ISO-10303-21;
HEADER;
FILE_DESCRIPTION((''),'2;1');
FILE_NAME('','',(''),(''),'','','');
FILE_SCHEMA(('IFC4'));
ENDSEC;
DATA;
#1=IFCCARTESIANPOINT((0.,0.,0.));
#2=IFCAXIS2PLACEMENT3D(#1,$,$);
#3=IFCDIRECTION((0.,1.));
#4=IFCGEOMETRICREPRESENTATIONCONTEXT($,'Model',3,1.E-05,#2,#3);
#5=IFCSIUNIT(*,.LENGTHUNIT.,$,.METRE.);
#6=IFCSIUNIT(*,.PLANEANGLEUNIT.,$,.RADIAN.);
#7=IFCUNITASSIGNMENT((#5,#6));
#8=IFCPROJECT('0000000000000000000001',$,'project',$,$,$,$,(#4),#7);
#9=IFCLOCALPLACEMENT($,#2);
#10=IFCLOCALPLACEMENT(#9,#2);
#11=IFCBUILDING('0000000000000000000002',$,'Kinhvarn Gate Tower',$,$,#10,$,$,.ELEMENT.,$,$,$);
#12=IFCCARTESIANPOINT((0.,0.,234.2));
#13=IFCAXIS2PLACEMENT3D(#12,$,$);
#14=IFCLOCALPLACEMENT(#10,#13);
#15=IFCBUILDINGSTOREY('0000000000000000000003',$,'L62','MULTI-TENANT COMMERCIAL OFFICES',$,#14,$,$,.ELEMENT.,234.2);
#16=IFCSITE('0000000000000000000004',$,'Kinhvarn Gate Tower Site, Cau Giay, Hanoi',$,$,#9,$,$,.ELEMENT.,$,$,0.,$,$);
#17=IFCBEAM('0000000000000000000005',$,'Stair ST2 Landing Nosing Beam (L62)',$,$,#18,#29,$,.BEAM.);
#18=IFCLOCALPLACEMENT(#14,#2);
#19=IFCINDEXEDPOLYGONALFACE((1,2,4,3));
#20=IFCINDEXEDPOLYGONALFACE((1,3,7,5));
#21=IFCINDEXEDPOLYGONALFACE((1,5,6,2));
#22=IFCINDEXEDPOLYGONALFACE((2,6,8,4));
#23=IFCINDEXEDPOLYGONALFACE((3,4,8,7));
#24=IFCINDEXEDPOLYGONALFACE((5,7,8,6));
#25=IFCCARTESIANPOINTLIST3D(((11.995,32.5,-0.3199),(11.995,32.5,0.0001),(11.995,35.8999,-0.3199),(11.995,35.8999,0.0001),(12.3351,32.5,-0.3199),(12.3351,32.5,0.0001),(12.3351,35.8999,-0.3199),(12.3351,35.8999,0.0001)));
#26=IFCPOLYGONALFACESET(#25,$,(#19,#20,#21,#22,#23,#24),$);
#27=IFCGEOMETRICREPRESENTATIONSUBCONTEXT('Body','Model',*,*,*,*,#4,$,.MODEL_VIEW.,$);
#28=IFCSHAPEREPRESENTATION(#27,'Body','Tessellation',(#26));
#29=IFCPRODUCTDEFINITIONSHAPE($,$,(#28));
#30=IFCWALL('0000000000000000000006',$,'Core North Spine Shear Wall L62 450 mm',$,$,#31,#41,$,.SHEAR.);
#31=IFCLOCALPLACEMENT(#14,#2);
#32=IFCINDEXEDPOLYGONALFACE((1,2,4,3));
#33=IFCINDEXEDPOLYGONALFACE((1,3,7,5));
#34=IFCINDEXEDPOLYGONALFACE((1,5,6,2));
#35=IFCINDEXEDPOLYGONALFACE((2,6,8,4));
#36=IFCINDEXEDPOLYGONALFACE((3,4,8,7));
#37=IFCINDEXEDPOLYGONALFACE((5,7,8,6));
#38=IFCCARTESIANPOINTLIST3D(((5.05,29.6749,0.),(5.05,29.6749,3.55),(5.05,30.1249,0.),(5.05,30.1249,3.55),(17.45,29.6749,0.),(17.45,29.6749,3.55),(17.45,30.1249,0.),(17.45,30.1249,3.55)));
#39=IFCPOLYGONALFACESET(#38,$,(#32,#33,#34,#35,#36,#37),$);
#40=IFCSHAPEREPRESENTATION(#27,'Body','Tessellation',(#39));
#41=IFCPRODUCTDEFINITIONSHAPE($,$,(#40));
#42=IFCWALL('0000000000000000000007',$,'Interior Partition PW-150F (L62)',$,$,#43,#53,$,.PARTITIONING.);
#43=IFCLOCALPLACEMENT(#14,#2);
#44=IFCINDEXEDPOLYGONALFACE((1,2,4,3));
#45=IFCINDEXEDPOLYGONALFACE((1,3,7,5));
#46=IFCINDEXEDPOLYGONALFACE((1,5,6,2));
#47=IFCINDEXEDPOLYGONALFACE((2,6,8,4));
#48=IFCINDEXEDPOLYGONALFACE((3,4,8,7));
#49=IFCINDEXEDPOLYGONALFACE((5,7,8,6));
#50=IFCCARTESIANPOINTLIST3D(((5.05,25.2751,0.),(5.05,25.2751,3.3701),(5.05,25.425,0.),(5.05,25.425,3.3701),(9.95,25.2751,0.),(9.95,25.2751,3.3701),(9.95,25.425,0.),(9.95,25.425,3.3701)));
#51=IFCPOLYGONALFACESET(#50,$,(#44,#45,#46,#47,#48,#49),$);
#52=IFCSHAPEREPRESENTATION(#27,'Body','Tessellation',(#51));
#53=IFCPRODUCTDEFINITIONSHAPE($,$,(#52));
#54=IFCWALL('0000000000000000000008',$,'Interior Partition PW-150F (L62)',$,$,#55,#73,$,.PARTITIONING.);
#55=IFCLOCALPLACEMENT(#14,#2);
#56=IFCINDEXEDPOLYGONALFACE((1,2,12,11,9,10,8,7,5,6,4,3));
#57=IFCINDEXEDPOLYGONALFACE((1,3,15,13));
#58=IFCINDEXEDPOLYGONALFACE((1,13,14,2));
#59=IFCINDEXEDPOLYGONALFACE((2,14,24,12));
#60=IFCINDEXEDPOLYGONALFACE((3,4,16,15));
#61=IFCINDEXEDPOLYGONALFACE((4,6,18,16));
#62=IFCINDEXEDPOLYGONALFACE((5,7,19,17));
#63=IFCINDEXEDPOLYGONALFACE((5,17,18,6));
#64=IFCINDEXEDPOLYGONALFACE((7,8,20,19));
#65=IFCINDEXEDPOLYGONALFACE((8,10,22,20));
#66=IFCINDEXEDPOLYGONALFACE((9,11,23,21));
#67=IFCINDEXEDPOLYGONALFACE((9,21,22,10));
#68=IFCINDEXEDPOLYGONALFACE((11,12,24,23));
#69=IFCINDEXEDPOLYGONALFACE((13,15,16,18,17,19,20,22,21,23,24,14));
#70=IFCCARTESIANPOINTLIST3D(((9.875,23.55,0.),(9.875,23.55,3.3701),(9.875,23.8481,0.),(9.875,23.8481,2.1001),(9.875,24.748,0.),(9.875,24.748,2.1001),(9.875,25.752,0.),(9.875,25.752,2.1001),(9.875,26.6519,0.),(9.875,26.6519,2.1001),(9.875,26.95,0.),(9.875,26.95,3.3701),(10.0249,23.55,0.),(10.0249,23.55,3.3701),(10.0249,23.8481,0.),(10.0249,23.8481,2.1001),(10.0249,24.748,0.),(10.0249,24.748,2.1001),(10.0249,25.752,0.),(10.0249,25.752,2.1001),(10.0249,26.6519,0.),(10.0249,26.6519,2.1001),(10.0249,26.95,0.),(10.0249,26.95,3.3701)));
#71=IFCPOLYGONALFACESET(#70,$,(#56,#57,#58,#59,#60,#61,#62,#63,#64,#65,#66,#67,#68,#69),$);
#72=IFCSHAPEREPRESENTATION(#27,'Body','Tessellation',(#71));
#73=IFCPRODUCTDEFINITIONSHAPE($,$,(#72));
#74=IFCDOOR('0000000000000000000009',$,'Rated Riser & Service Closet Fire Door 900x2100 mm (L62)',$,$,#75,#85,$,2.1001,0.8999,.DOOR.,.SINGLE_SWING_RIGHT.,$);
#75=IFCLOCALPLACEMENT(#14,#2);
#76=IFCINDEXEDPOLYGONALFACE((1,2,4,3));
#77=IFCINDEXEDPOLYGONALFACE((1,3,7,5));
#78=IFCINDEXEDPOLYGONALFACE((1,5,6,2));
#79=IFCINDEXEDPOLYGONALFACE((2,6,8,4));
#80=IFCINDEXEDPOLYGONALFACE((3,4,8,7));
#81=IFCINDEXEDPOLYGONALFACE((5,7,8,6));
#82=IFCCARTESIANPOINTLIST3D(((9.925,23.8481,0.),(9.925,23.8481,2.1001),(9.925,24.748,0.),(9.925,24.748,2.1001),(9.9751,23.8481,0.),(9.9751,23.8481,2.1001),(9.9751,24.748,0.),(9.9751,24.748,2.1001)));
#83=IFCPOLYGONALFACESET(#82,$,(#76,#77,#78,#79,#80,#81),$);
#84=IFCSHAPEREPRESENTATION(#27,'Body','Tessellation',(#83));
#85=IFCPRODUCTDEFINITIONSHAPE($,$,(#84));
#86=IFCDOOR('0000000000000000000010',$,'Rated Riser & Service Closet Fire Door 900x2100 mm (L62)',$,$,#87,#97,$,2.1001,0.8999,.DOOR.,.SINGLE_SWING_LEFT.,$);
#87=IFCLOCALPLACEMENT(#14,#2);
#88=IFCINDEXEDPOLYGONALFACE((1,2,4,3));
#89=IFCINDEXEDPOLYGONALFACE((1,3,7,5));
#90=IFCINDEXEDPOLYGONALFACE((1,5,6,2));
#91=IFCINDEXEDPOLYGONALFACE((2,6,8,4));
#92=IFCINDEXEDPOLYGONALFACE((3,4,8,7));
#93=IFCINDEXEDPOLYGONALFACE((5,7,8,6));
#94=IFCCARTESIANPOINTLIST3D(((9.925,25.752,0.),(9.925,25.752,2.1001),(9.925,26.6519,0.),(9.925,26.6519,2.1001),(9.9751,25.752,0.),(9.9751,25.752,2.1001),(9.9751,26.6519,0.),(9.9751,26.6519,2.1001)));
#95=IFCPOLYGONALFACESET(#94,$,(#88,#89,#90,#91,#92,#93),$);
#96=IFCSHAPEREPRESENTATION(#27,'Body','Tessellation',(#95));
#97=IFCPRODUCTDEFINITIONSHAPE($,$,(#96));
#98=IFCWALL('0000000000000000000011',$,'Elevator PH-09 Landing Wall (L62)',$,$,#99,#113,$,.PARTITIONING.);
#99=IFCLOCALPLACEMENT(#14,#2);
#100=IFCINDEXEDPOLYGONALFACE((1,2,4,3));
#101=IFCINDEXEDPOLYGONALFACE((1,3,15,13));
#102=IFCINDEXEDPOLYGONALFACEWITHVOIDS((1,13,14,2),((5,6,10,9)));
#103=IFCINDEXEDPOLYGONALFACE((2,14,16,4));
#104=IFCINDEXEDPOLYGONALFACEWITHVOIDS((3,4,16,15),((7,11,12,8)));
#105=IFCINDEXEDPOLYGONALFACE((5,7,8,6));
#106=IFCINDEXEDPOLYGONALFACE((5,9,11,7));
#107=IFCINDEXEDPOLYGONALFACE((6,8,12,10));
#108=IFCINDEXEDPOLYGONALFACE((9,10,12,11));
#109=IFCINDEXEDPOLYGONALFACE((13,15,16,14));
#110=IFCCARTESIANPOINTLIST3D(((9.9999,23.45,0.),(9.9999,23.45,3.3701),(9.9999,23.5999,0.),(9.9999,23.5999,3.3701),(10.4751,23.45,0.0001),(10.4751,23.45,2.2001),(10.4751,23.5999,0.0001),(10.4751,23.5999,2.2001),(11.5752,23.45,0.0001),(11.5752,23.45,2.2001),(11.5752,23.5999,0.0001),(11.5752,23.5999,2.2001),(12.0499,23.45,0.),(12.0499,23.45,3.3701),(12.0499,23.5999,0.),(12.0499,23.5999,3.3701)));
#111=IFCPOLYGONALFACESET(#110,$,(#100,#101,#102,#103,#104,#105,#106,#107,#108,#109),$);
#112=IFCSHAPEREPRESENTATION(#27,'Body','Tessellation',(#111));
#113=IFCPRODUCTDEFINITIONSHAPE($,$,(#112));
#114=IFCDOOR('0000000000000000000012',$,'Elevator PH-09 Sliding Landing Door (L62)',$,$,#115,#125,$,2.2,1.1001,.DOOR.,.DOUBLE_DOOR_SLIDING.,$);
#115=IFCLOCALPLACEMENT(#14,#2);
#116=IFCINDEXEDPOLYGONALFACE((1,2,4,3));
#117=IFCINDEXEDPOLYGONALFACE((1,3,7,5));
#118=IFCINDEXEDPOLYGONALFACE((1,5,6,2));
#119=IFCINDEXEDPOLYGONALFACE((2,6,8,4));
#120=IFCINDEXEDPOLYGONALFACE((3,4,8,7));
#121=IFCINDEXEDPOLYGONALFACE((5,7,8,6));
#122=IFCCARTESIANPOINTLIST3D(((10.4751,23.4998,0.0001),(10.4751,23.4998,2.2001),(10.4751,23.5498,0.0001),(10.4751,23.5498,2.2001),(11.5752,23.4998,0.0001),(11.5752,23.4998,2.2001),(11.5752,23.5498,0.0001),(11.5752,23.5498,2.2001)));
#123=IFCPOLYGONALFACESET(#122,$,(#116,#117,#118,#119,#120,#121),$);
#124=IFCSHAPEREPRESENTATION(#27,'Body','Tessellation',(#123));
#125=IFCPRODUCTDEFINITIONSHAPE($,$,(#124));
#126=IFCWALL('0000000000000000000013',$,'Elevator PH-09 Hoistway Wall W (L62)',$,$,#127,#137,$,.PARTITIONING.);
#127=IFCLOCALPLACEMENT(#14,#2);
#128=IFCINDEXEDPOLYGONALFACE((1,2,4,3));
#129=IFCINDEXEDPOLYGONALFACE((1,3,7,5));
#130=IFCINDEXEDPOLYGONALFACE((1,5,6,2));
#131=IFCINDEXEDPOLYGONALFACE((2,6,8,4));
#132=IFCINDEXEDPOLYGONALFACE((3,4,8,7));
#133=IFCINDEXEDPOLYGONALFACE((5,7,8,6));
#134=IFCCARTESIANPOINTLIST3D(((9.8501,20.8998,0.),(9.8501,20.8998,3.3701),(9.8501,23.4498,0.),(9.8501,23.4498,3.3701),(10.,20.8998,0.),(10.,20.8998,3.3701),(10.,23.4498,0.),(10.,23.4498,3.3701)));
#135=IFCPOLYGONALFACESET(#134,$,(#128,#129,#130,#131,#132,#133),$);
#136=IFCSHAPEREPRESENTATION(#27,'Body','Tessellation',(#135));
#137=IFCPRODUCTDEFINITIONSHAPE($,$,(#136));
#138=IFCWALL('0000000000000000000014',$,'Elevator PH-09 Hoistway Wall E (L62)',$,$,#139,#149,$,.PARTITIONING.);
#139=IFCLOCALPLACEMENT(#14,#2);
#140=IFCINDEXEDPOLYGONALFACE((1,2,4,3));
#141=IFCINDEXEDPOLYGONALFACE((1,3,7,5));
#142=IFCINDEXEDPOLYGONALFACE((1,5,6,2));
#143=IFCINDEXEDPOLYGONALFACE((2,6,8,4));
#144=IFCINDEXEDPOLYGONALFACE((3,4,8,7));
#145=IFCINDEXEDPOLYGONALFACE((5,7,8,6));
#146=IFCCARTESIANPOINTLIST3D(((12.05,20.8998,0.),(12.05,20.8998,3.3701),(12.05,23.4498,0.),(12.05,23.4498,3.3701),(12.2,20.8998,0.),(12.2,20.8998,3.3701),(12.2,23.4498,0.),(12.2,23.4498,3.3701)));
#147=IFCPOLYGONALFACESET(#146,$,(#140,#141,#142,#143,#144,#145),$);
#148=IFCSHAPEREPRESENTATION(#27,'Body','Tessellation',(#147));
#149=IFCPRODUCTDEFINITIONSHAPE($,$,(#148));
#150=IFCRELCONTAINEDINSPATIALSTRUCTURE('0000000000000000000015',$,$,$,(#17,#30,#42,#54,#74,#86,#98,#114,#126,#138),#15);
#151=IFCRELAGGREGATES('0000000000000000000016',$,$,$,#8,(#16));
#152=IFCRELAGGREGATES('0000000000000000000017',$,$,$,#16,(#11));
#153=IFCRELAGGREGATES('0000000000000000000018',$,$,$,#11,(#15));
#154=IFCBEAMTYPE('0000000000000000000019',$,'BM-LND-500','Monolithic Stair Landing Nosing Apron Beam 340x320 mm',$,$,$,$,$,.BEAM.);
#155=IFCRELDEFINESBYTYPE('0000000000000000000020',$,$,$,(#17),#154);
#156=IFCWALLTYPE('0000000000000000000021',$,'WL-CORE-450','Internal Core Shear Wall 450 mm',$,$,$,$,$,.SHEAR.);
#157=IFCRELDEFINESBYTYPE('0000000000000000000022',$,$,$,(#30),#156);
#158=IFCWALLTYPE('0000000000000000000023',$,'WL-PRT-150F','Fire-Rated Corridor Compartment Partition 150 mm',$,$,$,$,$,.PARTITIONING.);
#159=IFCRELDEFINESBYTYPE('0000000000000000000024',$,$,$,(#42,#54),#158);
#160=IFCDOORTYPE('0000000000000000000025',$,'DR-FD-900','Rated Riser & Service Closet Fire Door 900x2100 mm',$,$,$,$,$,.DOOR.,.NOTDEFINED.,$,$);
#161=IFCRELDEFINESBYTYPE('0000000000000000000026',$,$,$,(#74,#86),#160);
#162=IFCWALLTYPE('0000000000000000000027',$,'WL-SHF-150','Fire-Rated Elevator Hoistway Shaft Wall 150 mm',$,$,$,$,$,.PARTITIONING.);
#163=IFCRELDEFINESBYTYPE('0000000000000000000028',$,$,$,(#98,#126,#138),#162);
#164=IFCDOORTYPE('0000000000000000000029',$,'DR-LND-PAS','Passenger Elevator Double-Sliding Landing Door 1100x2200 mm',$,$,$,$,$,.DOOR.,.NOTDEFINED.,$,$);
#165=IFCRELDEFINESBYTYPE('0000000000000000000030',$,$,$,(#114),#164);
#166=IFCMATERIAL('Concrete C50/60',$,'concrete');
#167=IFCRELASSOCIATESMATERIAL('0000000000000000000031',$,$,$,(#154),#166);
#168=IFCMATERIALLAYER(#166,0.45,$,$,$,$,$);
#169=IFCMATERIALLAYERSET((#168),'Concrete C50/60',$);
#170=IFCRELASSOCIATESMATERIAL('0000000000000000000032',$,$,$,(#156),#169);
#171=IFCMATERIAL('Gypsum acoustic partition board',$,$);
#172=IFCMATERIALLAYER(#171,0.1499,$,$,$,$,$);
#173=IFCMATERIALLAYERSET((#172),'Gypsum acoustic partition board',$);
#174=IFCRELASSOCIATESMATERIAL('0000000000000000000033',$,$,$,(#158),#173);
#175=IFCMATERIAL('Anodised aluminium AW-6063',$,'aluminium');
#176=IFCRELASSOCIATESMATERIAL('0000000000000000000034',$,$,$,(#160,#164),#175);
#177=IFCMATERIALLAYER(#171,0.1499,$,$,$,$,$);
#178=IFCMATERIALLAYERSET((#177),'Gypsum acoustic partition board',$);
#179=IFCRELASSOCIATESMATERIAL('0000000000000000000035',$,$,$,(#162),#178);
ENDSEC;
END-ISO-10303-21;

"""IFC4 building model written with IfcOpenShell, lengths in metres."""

from ifc_helpers import new_model, si_unit, direction, frame, frame_2d, origin, origin_2d, place, context, subcontext, project, spatial, rectangle, extrude, material, layer, layer_set, material_profile, profile_set, type_object, element, fill, save


model = new_model("IFC4")

# Units and contexts
model_context = context("Model", 3, precision=1e-05, world=origin(), true_north=direction((0.0, 1.0)))
body_context = subcontext(model_context, "Body", "Model", "MODEL_VIEW")
ifc_project = project(units=[si_unit("LENGTHUNIT", "METRE"), si_unit("PLANEANGLEUNIT", "RADIAN")], contexts=[model_context])

# Site, building, storey
site_placement = place(None, origin())
site = spatial("IfcSite", under=ifc_project, at=site_placement, Name="Kinhvarn Gate Tower Site, Cau Giay, Hanoi", CompositionType="ELEMENT", RefElevation=0.0)
building_placement = place(site_placement, origin())
building = spatial("IfcBuilding", under=site, at=building_placement, Name="Kinhvarn Gate Tower", CompositionType="ELEMENT")
storey_placement = place(building_placement, frame((0.0, 0.0, 234.2)))
storey = spatial("IfcBuildingStorey", under=building, at=storey_placement, Name="L62", Description="MULTI-TENANT COMMERCIAL OFFICES", CompositionType="ELEMENT", Elevation=234.2)

# Beam
ifc_material_1 = material(Name="Concrete C50/60", Category="concrete")
ifc_material_profile = material_profile(ifc_material_1, rectangle(XDim=0.3401, YDim=0.3201, at=origin_2d()), Name="RC 340x320")
ifc_profile_set = profile_set([ifc_material_profile], Name="Concrete C50/60")
beam_type = type_object("IfcBeamType", Name="BM-LND-500", Description="Monolithic Stair Landing Nosing Apron Beam 340x320 mm", PredefinedType="BEAM", material=ifc_profile_set)
beam_placement = place(storey_placement, frame((12.165, 32.5, -0.1599), z_axis=(0.0, 1.0, 0.0), x_axis=(-1.0, 0.0, 0.0)))
element("IfcBeam", 1, at=beam_placement, inside=storey, type_object=beam_type, Name="Stair ST2 Landing Nosing Beam (L62)", PredefinedType="BEAM", context=body_context, shape_type="SweptSolid", body=[
    extrude(rectangle(XDim=0.3401, YDim=0.3201, at=origin_2d()), origin(), (0.0, 0.0, 1.0), 3.3999),
])

# Walls
ifc_layer_1 = layer(ifc_material_1, 0.45)
ifc_layer_set_1 = layer_set([ifc_layer_1], Name="Concrete C50/60")
wall_type_1 = type_object("IfcWallType", Name="WL-CORE-450", Description="Internal Core Shear Wall 450 mm", PredefinedType="SHEAR", material=ifc_layer_set_1)
wall_1_placement = place(storey_placement, frame((5.05, 29.8999, 0.0), z_axis=(0.0, 0.0, 1.0), x_axis=(1.0, 0.0, 0.0)))
element("IfcWall", 2, at=wall_1_placement, inside=storey, type_object=wall_type_1, Name="Core North Spine Shear Wall L62 450 mm", PredefinedType="SHEAR", context=body_context, shape_type="SweptSolid", body=[
    extrude(rectangle(XDim=12.3999, YDim=0.45, at=frame_2d((6.2, 0.0))), origin(), (0.0, 0.0, 1.0), 3.55),
])
ifc_material_2 = material(Name="Gypsum acoustic partition board")
ifc_layer_2 = layer(ifc_material_2, 0.1499)
ifc_layer_set_2 = layer_set([ifc_layer_2], Name="Gypsum acoustic partition board")
wall_type_2 = type_object("IfcWallType", Name="WL-PRT-150F", Description="Fire-Rated Corridor Compartment Partition 150 mm", PredefinedType="PARTITIONING", material=ifc_layer_set_2)
wall_2_placement = place(storey_placement, frame((5.05, 25.3501, 0.0), z_axis=(0.0, 0.0, 1.0), x_axis=(1.0, 0.0, 0.0)))
element("IfcWall", 3, at=wall_2_placement, inside=storey, type_object=wall_type_2, Name="Interior Partition PW-150F (L62)", PredefinedType="PARTITIONING", context=body_context, shape_type="SweptSolid", body=[
    extrude(rectangle(XDim=4.8999, YDim=0.1499, at=frame_2d((2.45, 0.0))), origin(), (0.0, 0.0, 1.0), 3.3701),
])

# Wall, openings, doors
wall_3_placement = place(storey_placement, frame((9.95, 23.55, 0.0), z_axis=(0.0, 0.0, 1.0), x_axis=(0.0, 1.0, 0.0)))
wall_3 = element("IfcWall", 4, at=wall_3_placement, inside=storey, type_object=wall_type_2, Name="Interior Partition PW-150F (L62)", PredefinedType="PARTITIONING", context=body_context, shape_type="SweptSolid", body=[
    extrude(rectangle(XDim=3.3999, YDim=0.1499, at=frame_2d((1.7, 0.0))), origin(), (0.0, 0.0, 1.0), 3.3701),
])
opening_1_placement = place(wall_3_placement, frame((0.2981, 0.0, 0.0)))
opening_1 = element("IfcOpeningElement", 5, at=opening_1_placement, cuts=wall_3, PredefinedType="OPENING", context=body_context, shape_type="SweptSolid", body=[
    extrude(rectangle(XDim=0.8999, YDim=2.1001, at=frame_2d((0.45, 1.05))), frame((0.0, 0.085, 0.0), z_axis=(0.0, -1.0, 0.0), x_axis=(1.0, 0.0, 0.0)), (0.0, 0.0, 1.0), 0.1699),
])
opening_2_placement = place(wall_3_placement, frame((2.2019, 0.0, 0.0)))
opening_2 = element("IfcOpeningElement", 6, at=opening_2_placement, cuts=wall_3, PredefinedType="OPENING", context=body_context, shape_type="SweptSolid", body=[
    extrude(rectangle(XDim=0.8999, YDim=2.1001, at=frame_2d((0.45, 1.05))), frame((0.0, 0.085, 0.0), z_axis=(0.0, -1.0, 0.0), x_axis=(1.0, 0.0, 0.0)), (0.0, 0.0, 1.0), 0.1699),
])
ifc_material_3 = material(Name="Anodised aluminium AW-6063", Category="aluminium")
door_type_1 = type_object("IfcDoorType", Name="DR-FD-900", Description="Rated Riser & Service Closet Fire Door 900x2100 mm", OperationType="NOTDEFINED", PredefinedType="DOOR", material=ifc_material_3)
door_1_placement = place(opening_1_placement, origin())
door_1 = element("IfcDoor", 7, at=door_1_placement, inside=storey, type_object=door_type_1, Name="Rated Riser & Service Closet Fire Door 900x2100 mm (L62)", OperationType="SINGLE_SWING_RIGHT", OverallHeight=2.1001, OverallWidth=0.8999, PredefinedType="DOOR", context=body_context, shape_type="SweptSolid", body=[
    extrude(rectangle(XDim=0.8999, YDim=2.1001, at=frame_2d((0.45, 1.05))), frame((0.0, 0.0249, 0.0), z_axis=(0.0, -1.0, 0.0), x_axis=(1.0, 0.0, 0.0)), (0.0, 0.0, 1.0), 0.05),
])
fill(opening_1, door_1)
door_2_placement = place(opening_2_placement, origin())
door_2 = element("IfcDoor", 8, at=door_2_placement, inside=storey, type_object=door_type_1, Name="Rated Riser & Service Closet Fire Door 900x2100 mm (L62)", OperationType="SINGLE_SWING_LEFT", OverallHeight=2.1001, OverallWidth=0.8999, PredefinedType="DOOR", context=body_context, shape_type="SweptSolid", body=[
    extrude(rectangle(XDim=0.8999, YDim=2.1001, at=frame_2d((0.45, 1.05))), frame((0.0, 0.0249, 0.0), z_axis=(0.0, -1.0, 0.0), x_axis=(1.0, 0.0, 0.0)), (0.0, 0.0, 1.0), 0.05),
])
fill(opening_2, door_2)

# Wall, opening, door
ifc_layer_3 = layer(ifc_material_2, 0.1499)
ifc_layer_set_3 = layer_set([ifc_layer_3], Name="Gypsum acoustic partition board")
wall_type_3 = type_object("IfcWallType", Name="WL-SHF-150", Description="Fire-Rated Elevator Hoistway Shaft Wall 150 mm", PredefinedType="PARTITIONING", material=ifc_layer_set_3)
wall_4_placement = place(storey_placement, frame((10.0, 23.5249, 0.0), z_axis=(0.0, 0.0, 1.0), x_axis=(1.0, 0.0, 0.0)))
wall_4 = element("IfcWall", 9, at=wall_4_placement, inside=storey, type_object=wall_type_3, Name="Elevator PH-09 Landing Wall (L62)", PredefinedType="PARTITIONING", context=body_context, shape_type="SweptSolid", body=[
    extrude(rectangle(XDim=2.05, YDim=0.1499, at=frame_2d((1.0249, 0.0))), origin(), (0.0, 0.0, 1.0), 3.3701),
])
opening_3_placement = place(wall_4_placement, frame((0.4751, 0.0, 0.0)))
opening_3 = element("IfcOpeningElement", 10, at=opening_3_placement, cuts=wall_4, PredefinedType="OPENING", context=body_context, shape_type="SweptSolid", body=[
    extrude(rectangle(XDim=1.1001, YDim=2.2, at=frame_2d((0.55, 1.1001))), frame((0.0, 0.085, 0.0), z_axis=(0.0, -1.0, 0.0), x_axis=(1.0, 0.0, 0.0)), (0.0, 0.0, 1.0), 0.1699),
])
door_type_2 = type_object("IfcDoorType", Name="DR-LND-PAS", Description="Passenger Elevator Double-Sliding Landing Door 1100x2200 mm", OperationType="NOTDEFINED", PredefinedType="DOOR", material=ifc_material_3)
door_3_placement = place(opening_3_placement, origin())
door_3 = element("IfcDoor", 11, at=door_3_placement, inside=storey, type_object=door_type_2, Name="Elevator PH-09 Sliding Landing Door (L62)", OperationType="DOUBLE_DOOR_SLIDING", OverallHeight=2.2, OverallWidth=1.1001, PredefinedType="DOOR", context=body_context, shape_type="SweptSolid", body=[
    extrude(rectangle(XDim=1.1001, YDim=2.2, at=frame_2d((0.55, 1.1001))), frame((0.0, 0.0249, 0.0), z_axis=(0.0, -1.0, 0.0), x_axis=(1.0, 0.0, 0.0)), (0.0, 0.0, 1.0), 0.05),
])
fill(opening_3, door_3)

# Walls
for number, where, z_axis, x_axis, name in (
    (12, (9.925, 20.8999, 0.0), (0.0, 0.0, 1.0), (0.0, 1.0, 0.0), "Elevator PH-09 Hoistway Wall W (L62)"),
    (13, (12.125, 20.8999, 0.0), (0.0, 0.0, 1.0), (0.0, 1.0, 0.0), "Elevator PH-09 Hoistway Wall E (L62)"),
):
    element("IfcWall", number, at=place(storey_placement, frame(where, z_axis=z_axis, x_axis=x_axis)), inside=storey, type_object=wall_type_3, Name=name, PredefinedType="PARTITIONING", context=body_context, shape_type="SweptSolid", body=[
        extrude(rectangle(XDim=2.55, YDim=0.1499, at=frame_2d((1.2749, 0.0))), origin(), (0.0, 0.0, 1.0), 3.3701),
    ])

save(model, "model.ifc")
